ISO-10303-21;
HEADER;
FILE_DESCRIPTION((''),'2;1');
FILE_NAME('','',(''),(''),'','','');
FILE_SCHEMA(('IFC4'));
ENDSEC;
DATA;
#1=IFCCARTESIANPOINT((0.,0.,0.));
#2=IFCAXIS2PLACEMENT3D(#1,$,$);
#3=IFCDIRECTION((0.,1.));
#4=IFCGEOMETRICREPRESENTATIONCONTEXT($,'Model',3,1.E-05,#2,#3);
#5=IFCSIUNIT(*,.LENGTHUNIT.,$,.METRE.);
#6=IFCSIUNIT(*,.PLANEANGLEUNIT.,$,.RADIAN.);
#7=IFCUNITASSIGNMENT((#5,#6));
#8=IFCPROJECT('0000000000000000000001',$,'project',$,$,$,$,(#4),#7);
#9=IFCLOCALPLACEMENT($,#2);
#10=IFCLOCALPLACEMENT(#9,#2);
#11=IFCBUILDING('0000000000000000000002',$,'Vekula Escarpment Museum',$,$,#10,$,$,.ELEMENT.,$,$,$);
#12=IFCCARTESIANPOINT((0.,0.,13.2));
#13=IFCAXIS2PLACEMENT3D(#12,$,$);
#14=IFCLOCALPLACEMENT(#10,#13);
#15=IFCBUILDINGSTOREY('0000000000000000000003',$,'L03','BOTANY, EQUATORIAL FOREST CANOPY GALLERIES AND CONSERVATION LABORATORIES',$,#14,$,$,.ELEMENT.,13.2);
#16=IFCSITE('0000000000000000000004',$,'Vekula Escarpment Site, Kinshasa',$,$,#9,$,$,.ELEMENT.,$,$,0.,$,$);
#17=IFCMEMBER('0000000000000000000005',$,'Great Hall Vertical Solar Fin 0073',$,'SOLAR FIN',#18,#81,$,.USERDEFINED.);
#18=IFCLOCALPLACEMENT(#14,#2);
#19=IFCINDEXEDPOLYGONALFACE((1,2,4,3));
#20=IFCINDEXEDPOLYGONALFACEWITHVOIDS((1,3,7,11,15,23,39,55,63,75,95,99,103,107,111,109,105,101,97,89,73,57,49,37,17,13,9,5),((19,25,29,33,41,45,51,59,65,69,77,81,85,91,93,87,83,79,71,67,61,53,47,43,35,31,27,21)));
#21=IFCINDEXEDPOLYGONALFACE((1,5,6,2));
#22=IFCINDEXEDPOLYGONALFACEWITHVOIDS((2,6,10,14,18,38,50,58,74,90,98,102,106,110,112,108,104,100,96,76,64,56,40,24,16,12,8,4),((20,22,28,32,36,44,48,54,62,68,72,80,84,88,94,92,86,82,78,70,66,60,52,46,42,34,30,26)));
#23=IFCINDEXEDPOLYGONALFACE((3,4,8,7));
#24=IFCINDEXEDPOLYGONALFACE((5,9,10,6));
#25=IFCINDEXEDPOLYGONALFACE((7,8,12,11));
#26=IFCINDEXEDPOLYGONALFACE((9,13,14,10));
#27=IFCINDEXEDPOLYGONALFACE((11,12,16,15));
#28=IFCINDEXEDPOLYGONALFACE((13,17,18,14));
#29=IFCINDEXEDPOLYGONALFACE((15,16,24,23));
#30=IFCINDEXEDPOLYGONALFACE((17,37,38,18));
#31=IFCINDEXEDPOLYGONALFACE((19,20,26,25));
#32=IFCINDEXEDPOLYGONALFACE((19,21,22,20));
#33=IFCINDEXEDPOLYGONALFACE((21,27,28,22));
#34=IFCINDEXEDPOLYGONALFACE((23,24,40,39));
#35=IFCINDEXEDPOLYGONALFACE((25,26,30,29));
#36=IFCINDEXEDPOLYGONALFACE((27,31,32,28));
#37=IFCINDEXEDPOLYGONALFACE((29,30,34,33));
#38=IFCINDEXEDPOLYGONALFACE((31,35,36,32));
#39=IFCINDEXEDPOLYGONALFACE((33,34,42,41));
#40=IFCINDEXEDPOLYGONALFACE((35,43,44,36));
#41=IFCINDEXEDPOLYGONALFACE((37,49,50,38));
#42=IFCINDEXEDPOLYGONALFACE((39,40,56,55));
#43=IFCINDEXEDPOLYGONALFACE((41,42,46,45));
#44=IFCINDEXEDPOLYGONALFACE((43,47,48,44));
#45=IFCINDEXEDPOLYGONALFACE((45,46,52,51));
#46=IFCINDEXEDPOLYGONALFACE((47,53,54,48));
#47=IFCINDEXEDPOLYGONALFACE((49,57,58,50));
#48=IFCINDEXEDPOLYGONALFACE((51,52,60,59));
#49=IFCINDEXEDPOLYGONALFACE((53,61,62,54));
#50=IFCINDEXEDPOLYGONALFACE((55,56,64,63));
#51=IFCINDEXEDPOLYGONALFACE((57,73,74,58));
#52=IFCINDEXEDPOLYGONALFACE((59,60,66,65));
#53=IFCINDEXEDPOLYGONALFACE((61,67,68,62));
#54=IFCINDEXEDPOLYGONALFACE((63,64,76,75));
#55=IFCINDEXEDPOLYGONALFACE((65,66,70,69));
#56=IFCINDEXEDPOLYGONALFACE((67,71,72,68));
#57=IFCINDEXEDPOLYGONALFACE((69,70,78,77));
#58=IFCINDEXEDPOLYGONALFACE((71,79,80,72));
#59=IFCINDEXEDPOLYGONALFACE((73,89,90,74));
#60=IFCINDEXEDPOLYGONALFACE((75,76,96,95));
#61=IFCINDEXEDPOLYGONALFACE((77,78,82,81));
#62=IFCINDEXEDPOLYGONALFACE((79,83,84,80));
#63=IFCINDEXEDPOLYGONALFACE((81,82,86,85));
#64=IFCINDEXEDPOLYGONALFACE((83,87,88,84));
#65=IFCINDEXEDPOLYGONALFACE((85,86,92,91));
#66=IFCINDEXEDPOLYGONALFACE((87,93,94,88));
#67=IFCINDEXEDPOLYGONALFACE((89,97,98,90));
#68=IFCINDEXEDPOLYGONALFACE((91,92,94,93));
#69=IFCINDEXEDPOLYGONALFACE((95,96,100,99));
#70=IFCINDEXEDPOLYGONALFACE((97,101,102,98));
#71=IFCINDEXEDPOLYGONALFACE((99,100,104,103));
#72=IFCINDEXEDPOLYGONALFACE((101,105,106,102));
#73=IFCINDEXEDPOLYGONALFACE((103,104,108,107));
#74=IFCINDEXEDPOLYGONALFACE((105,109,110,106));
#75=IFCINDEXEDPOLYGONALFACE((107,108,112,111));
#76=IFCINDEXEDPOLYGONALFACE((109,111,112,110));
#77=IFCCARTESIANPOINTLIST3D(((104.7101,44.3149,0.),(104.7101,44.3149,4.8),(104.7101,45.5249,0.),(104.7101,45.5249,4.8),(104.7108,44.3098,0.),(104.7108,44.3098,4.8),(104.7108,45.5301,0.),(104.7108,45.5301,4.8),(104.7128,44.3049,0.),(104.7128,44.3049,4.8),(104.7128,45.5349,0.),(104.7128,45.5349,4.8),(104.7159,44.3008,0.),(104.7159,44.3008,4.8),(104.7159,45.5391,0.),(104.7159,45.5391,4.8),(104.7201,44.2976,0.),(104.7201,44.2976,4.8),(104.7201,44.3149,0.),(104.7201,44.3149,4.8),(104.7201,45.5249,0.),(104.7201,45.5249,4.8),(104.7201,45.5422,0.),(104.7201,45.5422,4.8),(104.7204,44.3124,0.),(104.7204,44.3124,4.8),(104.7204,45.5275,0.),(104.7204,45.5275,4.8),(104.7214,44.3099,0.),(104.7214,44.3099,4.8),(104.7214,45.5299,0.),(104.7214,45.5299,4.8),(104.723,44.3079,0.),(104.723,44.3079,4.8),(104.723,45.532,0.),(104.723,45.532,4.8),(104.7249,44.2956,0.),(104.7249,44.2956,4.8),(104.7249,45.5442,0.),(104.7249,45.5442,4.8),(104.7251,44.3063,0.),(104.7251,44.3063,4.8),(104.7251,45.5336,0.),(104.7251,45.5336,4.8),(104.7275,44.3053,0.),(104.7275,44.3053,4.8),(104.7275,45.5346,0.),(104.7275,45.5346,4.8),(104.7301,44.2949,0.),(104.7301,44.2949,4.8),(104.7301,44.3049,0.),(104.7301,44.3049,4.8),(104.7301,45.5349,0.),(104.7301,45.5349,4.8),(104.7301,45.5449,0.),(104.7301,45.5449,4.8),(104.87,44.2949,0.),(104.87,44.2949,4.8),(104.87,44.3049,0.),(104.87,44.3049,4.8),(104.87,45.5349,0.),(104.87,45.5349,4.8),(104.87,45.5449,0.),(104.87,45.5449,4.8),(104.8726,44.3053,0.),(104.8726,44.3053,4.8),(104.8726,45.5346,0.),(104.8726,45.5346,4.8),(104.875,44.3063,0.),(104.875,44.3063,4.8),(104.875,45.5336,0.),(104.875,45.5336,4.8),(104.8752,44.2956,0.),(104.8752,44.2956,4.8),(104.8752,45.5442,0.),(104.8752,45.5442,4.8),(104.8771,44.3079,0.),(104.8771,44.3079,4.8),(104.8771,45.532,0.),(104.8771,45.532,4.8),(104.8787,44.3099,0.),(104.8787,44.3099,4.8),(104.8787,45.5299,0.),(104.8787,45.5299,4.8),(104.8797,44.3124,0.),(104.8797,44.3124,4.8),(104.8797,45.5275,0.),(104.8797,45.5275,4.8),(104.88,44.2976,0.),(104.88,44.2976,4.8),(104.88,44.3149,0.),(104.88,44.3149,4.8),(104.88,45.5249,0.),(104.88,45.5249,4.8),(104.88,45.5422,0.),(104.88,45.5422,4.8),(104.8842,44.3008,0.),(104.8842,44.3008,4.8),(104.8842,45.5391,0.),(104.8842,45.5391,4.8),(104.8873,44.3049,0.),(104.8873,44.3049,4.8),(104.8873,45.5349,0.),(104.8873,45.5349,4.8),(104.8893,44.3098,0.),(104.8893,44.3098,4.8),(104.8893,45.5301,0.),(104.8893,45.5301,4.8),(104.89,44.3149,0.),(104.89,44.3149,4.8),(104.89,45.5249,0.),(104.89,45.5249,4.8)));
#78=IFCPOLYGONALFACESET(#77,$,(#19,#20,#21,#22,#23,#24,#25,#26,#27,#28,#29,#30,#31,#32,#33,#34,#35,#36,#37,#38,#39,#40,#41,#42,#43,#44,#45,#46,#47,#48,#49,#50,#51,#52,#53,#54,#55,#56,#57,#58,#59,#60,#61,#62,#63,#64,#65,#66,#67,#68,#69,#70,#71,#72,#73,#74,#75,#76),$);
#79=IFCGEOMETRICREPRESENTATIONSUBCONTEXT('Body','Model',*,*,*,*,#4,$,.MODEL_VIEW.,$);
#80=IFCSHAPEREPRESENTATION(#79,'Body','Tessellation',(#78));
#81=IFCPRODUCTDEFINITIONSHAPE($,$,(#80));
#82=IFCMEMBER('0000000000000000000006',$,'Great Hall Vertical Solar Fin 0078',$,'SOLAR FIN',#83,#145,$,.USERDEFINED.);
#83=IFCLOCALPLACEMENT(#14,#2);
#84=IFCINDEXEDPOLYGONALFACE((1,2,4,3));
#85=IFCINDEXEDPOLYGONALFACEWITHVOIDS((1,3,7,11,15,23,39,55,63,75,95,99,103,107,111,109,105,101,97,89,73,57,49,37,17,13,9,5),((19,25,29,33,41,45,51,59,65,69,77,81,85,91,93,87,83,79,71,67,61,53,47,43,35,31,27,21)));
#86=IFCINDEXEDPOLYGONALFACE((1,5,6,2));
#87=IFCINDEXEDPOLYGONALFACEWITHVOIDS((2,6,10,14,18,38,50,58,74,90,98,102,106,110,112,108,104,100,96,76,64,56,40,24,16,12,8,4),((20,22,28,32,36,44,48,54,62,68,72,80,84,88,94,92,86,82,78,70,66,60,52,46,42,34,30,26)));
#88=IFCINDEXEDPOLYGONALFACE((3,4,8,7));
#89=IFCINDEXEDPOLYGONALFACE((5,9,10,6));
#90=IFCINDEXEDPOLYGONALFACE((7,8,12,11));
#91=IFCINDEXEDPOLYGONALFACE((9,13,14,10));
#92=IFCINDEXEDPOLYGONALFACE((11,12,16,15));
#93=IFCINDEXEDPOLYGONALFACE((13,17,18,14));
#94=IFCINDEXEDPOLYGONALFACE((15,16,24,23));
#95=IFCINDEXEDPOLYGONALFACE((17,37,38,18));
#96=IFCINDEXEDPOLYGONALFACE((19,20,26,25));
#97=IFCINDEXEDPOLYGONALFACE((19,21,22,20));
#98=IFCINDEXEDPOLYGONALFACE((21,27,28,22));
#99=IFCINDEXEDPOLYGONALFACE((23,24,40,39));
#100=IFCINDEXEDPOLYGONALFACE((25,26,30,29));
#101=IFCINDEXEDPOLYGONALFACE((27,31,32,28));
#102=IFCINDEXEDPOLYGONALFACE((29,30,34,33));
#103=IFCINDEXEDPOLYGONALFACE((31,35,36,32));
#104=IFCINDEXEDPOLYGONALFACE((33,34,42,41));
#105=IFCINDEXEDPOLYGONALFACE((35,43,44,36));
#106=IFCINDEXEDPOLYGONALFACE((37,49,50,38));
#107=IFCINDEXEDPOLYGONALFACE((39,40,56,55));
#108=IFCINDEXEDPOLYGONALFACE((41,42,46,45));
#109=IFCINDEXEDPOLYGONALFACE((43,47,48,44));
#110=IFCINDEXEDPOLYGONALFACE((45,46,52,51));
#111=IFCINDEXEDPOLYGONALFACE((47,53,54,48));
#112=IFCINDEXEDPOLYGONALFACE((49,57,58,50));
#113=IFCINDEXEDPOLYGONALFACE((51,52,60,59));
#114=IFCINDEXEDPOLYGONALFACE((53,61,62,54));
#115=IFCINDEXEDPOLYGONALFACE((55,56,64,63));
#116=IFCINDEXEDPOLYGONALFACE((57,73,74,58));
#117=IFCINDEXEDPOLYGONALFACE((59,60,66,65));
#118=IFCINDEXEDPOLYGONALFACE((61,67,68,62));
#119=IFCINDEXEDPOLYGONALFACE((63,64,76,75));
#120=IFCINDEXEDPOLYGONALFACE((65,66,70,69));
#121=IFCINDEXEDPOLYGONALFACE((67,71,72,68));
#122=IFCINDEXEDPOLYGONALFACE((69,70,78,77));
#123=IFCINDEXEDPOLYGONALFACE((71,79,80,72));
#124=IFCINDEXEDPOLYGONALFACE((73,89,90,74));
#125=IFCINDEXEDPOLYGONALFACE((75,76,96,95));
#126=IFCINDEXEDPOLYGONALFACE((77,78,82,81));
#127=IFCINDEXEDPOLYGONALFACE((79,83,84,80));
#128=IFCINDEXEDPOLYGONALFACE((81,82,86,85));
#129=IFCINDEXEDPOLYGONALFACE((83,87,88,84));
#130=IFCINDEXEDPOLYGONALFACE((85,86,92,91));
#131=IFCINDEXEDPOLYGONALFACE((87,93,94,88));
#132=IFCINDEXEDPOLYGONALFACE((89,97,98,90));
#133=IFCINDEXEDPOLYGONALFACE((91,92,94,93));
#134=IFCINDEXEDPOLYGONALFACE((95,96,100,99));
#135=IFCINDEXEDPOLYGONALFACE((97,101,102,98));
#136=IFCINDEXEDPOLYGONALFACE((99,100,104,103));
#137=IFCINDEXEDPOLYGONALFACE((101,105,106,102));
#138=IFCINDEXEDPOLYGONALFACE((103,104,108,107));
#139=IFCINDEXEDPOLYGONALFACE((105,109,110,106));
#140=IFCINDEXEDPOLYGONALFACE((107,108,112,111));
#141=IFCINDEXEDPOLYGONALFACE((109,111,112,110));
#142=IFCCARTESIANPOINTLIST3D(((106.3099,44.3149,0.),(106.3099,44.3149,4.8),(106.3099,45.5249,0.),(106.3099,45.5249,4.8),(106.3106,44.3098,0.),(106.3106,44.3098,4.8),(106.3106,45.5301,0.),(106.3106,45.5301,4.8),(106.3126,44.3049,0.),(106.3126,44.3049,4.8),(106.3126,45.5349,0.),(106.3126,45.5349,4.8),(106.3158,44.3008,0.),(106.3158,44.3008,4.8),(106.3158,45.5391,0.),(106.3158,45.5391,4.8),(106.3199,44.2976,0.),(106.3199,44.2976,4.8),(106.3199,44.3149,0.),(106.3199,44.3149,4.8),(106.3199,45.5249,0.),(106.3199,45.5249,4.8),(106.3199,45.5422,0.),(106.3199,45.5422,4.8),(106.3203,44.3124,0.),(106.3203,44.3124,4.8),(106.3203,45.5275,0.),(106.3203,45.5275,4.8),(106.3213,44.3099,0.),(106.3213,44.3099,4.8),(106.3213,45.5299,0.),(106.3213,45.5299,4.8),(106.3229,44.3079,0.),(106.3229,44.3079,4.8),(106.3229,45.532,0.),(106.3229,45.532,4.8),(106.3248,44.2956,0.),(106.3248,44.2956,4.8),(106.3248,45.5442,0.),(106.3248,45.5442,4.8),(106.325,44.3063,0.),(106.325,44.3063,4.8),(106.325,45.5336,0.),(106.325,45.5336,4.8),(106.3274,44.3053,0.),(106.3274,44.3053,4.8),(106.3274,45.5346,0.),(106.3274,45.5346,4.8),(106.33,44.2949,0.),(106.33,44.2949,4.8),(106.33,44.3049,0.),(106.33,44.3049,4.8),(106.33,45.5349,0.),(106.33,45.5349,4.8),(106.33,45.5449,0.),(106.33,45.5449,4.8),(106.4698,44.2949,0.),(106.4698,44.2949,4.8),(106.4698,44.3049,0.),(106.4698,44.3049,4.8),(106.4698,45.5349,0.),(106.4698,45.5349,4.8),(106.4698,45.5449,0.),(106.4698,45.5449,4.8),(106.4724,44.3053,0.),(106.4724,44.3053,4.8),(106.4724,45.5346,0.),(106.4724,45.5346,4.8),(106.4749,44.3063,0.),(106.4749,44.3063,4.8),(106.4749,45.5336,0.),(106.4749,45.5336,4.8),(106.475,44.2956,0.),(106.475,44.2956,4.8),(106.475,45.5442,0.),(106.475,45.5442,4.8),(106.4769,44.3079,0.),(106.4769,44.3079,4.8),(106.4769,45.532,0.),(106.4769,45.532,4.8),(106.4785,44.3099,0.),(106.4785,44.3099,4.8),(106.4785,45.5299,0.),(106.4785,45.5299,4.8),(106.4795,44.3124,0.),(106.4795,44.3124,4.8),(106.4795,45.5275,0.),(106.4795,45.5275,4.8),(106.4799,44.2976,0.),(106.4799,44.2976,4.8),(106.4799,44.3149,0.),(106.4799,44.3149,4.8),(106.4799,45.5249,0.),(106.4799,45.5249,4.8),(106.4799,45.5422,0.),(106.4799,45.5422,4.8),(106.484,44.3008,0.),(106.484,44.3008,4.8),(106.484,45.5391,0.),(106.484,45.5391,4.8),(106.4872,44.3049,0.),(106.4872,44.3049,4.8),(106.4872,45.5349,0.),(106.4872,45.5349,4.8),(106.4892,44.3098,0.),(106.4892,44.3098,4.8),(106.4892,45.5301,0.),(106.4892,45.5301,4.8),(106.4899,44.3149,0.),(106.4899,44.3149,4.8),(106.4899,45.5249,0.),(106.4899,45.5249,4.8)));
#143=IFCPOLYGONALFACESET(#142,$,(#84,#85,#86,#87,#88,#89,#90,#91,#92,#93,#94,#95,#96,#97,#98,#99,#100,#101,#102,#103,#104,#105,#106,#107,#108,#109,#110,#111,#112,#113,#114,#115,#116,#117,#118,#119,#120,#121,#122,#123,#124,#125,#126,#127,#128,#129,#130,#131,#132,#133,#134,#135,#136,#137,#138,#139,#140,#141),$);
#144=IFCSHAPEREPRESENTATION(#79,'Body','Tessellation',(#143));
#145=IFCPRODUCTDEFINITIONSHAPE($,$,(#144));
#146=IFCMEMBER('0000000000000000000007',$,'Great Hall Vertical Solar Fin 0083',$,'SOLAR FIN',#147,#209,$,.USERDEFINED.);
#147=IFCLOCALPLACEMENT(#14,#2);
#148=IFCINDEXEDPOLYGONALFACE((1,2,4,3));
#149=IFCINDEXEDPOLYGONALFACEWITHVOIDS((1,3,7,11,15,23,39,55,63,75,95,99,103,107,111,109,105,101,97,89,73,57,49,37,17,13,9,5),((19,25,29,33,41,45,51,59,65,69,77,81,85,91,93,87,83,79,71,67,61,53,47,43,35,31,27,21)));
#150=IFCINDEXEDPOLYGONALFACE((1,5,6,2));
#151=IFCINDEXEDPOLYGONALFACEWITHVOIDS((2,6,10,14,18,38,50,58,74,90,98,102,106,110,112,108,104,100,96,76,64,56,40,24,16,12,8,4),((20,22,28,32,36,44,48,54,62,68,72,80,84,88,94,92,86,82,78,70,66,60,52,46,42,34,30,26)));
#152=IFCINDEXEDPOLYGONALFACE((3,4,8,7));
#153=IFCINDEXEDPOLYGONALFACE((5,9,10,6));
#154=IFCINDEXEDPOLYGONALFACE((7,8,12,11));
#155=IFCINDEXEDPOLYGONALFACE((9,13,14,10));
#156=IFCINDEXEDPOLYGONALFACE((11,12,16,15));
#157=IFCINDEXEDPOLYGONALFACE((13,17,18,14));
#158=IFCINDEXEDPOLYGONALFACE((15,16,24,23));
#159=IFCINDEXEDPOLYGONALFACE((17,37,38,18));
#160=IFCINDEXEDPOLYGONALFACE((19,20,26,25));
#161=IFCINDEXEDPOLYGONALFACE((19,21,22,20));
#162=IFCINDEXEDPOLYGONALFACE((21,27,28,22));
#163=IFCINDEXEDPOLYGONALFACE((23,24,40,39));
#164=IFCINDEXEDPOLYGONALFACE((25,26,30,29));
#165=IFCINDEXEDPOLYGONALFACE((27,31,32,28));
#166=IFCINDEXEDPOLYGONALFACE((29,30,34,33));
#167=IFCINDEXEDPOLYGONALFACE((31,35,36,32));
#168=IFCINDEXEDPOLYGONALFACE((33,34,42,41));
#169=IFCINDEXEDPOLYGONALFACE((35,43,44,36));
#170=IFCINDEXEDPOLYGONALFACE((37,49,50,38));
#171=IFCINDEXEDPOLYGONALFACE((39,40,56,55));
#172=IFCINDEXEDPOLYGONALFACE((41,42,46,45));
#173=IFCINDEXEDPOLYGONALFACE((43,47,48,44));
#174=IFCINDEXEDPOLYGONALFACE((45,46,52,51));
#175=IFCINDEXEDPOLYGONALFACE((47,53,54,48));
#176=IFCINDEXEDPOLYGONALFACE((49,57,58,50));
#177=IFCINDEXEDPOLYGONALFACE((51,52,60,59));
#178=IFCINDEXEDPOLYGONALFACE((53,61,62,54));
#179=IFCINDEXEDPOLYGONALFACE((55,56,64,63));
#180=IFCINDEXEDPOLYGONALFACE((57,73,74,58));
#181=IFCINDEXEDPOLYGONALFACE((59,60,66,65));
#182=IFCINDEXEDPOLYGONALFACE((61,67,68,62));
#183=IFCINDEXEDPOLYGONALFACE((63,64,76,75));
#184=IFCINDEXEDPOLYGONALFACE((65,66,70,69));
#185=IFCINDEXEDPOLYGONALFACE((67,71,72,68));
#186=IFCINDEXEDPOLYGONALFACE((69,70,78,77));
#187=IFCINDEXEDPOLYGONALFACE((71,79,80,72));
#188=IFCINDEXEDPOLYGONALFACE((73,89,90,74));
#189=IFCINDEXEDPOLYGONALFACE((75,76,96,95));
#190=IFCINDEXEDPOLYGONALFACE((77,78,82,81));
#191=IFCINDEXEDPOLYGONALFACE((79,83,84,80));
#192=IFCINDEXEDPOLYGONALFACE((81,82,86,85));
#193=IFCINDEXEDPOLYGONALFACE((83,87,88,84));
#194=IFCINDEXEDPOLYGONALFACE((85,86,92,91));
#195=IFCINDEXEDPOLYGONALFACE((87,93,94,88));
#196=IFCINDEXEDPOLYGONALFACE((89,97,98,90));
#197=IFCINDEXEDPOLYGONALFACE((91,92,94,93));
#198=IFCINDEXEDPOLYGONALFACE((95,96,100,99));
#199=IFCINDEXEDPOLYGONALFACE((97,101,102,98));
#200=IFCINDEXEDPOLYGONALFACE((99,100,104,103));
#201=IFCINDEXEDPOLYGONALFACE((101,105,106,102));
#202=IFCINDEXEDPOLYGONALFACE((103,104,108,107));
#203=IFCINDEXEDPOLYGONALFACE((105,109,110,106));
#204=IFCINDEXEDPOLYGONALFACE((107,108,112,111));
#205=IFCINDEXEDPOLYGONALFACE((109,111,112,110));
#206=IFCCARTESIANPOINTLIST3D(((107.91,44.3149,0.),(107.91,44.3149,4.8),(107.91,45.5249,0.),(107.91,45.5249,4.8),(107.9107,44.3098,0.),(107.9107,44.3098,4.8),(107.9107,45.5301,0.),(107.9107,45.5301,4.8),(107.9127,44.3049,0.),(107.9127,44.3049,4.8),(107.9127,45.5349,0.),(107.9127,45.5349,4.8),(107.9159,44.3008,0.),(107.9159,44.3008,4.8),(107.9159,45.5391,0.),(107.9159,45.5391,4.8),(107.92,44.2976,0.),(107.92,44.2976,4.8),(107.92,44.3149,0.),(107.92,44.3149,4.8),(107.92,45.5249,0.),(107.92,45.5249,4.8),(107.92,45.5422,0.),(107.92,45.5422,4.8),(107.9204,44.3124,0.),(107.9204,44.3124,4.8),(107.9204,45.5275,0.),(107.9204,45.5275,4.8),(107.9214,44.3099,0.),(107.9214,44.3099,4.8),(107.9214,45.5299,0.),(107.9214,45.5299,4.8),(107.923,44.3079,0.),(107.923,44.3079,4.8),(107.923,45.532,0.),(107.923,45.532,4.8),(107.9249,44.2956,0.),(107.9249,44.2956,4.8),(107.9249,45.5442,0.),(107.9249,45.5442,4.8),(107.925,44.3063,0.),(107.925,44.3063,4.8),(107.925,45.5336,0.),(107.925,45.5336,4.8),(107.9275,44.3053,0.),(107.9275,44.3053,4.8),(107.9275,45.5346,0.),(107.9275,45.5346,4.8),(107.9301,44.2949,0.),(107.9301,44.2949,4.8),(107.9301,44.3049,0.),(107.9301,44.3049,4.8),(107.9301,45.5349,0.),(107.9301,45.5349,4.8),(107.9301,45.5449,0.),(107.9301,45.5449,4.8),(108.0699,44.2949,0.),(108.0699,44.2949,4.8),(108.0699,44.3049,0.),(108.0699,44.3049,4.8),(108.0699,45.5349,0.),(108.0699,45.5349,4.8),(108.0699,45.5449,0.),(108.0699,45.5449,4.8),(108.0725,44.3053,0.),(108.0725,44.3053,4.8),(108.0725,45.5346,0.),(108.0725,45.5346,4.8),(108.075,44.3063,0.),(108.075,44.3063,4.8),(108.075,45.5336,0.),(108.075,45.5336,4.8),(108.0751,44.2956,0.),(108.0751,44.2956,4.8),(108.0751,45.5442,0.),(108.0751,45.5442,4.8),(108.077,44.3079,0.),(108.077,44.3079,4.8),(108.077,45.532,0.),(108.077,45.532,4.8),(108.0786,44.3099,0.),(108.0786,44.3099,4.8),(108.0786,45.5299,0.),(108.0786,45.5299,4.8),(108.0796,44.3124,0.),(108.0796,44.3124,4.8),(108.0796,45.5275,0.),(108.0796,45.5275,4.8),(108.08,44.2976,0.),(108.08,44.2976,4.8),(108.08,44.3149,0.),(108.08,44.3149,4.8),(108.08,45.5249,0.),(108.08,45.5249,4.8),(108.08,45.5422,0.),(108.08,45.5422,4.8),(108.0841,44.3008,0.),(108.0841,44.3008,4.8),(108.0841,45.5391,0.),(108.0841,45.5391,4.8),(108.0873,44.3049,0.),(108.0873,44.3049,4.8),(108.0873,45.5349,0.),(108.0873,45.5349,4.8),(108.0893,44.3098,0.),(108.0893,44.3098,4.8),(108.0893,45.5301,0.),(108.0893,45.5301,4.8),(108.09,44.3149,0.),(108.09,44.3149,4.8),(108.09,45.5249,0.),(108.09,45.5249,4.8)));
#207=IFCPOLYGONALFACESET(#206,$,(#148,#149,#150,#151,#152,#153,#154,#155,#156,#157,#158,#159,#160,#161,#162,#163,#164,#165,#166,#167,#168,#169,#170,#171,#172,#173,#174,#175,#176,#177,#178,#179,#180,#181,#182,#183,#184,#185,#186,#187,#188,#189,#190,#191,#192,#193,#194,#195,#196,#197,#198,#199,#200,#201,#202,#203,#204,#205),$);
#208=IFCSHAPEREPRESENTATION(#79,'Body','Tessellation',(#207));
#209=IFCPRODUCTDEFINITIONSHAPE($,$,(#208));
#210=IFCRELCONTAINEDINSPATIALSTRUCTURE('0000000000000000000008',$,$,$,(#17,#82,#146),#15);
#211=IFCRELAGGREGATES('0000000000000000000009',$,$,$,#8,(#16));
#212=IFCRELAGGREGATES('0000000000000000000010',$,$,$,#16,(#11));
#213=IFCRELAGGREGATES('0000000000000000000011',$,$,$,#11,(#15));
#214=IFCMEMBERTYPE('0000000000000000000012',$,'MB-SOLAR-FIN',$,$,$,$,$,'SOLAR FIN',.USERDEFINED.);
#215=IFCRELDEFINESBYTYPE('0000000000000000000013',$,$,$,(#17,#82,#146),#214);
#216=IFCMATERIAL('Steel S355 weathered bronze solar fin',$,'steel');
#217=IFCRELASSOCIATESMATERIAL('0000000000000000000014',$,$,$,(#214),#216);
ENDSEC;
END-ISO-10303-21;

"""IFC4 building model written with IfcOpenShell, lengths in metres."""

from ifc_helpers import new_model, si_unit, direction, frame, origin, origin_2d, place, context, subcontext, project, spatial, hollow_rectangle, extrude, material, material_profile, profile_set, type_object, element, save


model = new_model("IFC4")

# Units and contexts
model_context = context("Model", 3, precision=1e-05, world=origin(), true_north=direction((0.0, 1.0)))
body_context = subcontext(model_context, "Body", "Model", "MODEL_VIEW")
ifc_project = project(units=[si_unit("LENGTHUNIT", "METRE"), si_unit("PLANEANGLEUNIT", "RADIAN")], contexts=[model_context])

# Site, building, storey
site_placement = place(None, origin())
site = spatial("IfcSite", under=ifc_project, at=site_placement, Name="Vekula Escarpment Site, Kinshasa", CompositionType="ELEMENT", RefElevation=0.0)
building_placement = place(site_placement, origin())
building = spatial("IfcBuilding", under=site, at=building_placement, Name="Vekula Escarpment Museum", CompositionType="ELEMENT")
storey_placement = place(building_placement, frame((0.0, 0.0, 13.2)))
storey = spatial("IfcBuildingStorey", under=building, at=storey_placement, Name="L03", Description="BOTANY, EQUATORIAL FOREST CANOPY GALLERIES AND CONSERVATION LABORATORIES", CompositionType="ELEMENT", Elevation=13.2)

# Members
ifc_material_1 = material(Name="Steel S355 weathered bronze solar fin", Category="steel")
ifc_material_profile_1 = material_profile(ifc_material_1, hollow_rectangle(XDim=0.1799, YDim=1.25, WallThickness=0.01, InnerFilletRadius=0.01, OuterFilletRadius=0.02, at=origin_2d()), Name="RHS 1250x180x10")
ifc_profile_set_1 = profile_set([ifc_material_profile_1], Name="Steel S355 weathered bronze solar fin")
member_type_1 = type_object("IfcMemberType", Name="MB-SOLAR-FIN", ElementType="SOLAR FIN", PredefinedType="USERDEFINED", material=ifc_profile_set_1)
for number, where, z_axis, x_axis, name in (
    (1, (104.8, 44.9199, 0.0), (0.0, 0.0, 1.0), (1.0, 0.0, 0.0), "Great Hall Vertical Solar Fin 0073"),
    (2, (106.3999, 44.9199, 0.0), (0.0, 0.0, 1.0), (1.0, 0.0, 0.0), "Great Hall Vertical Solar Fin 0078"),
    (3, (108.0, 44.9199, 0.0), (0.0, 0.0, 1.0), (1.0, 0.0, 0.0), "Great Hall Vertical Solar Fin 0083"),
):
    element("IfcMember", number, at=place(storey_placement, frame(where, z_axis=z_axis, x_axis=x_axis)), inside=storey, type_object=member_type_1, Name=name, ObjectType="SOLAR FIN", PredefinedType="USERDEFINED", context=body_context, shape_type="SweptSolid", body=[
        extrude(hollow_rectangle(XDim=0.1799, YDim=1.25, WallThickness=0.01, InnerFilletRadius=0.01, OuterFilletRadius=0.02, at=origin_2d()), origin(), (0.0, 0.0, 1.0), 4.8),
    ])

save(model, "model.ifc")
